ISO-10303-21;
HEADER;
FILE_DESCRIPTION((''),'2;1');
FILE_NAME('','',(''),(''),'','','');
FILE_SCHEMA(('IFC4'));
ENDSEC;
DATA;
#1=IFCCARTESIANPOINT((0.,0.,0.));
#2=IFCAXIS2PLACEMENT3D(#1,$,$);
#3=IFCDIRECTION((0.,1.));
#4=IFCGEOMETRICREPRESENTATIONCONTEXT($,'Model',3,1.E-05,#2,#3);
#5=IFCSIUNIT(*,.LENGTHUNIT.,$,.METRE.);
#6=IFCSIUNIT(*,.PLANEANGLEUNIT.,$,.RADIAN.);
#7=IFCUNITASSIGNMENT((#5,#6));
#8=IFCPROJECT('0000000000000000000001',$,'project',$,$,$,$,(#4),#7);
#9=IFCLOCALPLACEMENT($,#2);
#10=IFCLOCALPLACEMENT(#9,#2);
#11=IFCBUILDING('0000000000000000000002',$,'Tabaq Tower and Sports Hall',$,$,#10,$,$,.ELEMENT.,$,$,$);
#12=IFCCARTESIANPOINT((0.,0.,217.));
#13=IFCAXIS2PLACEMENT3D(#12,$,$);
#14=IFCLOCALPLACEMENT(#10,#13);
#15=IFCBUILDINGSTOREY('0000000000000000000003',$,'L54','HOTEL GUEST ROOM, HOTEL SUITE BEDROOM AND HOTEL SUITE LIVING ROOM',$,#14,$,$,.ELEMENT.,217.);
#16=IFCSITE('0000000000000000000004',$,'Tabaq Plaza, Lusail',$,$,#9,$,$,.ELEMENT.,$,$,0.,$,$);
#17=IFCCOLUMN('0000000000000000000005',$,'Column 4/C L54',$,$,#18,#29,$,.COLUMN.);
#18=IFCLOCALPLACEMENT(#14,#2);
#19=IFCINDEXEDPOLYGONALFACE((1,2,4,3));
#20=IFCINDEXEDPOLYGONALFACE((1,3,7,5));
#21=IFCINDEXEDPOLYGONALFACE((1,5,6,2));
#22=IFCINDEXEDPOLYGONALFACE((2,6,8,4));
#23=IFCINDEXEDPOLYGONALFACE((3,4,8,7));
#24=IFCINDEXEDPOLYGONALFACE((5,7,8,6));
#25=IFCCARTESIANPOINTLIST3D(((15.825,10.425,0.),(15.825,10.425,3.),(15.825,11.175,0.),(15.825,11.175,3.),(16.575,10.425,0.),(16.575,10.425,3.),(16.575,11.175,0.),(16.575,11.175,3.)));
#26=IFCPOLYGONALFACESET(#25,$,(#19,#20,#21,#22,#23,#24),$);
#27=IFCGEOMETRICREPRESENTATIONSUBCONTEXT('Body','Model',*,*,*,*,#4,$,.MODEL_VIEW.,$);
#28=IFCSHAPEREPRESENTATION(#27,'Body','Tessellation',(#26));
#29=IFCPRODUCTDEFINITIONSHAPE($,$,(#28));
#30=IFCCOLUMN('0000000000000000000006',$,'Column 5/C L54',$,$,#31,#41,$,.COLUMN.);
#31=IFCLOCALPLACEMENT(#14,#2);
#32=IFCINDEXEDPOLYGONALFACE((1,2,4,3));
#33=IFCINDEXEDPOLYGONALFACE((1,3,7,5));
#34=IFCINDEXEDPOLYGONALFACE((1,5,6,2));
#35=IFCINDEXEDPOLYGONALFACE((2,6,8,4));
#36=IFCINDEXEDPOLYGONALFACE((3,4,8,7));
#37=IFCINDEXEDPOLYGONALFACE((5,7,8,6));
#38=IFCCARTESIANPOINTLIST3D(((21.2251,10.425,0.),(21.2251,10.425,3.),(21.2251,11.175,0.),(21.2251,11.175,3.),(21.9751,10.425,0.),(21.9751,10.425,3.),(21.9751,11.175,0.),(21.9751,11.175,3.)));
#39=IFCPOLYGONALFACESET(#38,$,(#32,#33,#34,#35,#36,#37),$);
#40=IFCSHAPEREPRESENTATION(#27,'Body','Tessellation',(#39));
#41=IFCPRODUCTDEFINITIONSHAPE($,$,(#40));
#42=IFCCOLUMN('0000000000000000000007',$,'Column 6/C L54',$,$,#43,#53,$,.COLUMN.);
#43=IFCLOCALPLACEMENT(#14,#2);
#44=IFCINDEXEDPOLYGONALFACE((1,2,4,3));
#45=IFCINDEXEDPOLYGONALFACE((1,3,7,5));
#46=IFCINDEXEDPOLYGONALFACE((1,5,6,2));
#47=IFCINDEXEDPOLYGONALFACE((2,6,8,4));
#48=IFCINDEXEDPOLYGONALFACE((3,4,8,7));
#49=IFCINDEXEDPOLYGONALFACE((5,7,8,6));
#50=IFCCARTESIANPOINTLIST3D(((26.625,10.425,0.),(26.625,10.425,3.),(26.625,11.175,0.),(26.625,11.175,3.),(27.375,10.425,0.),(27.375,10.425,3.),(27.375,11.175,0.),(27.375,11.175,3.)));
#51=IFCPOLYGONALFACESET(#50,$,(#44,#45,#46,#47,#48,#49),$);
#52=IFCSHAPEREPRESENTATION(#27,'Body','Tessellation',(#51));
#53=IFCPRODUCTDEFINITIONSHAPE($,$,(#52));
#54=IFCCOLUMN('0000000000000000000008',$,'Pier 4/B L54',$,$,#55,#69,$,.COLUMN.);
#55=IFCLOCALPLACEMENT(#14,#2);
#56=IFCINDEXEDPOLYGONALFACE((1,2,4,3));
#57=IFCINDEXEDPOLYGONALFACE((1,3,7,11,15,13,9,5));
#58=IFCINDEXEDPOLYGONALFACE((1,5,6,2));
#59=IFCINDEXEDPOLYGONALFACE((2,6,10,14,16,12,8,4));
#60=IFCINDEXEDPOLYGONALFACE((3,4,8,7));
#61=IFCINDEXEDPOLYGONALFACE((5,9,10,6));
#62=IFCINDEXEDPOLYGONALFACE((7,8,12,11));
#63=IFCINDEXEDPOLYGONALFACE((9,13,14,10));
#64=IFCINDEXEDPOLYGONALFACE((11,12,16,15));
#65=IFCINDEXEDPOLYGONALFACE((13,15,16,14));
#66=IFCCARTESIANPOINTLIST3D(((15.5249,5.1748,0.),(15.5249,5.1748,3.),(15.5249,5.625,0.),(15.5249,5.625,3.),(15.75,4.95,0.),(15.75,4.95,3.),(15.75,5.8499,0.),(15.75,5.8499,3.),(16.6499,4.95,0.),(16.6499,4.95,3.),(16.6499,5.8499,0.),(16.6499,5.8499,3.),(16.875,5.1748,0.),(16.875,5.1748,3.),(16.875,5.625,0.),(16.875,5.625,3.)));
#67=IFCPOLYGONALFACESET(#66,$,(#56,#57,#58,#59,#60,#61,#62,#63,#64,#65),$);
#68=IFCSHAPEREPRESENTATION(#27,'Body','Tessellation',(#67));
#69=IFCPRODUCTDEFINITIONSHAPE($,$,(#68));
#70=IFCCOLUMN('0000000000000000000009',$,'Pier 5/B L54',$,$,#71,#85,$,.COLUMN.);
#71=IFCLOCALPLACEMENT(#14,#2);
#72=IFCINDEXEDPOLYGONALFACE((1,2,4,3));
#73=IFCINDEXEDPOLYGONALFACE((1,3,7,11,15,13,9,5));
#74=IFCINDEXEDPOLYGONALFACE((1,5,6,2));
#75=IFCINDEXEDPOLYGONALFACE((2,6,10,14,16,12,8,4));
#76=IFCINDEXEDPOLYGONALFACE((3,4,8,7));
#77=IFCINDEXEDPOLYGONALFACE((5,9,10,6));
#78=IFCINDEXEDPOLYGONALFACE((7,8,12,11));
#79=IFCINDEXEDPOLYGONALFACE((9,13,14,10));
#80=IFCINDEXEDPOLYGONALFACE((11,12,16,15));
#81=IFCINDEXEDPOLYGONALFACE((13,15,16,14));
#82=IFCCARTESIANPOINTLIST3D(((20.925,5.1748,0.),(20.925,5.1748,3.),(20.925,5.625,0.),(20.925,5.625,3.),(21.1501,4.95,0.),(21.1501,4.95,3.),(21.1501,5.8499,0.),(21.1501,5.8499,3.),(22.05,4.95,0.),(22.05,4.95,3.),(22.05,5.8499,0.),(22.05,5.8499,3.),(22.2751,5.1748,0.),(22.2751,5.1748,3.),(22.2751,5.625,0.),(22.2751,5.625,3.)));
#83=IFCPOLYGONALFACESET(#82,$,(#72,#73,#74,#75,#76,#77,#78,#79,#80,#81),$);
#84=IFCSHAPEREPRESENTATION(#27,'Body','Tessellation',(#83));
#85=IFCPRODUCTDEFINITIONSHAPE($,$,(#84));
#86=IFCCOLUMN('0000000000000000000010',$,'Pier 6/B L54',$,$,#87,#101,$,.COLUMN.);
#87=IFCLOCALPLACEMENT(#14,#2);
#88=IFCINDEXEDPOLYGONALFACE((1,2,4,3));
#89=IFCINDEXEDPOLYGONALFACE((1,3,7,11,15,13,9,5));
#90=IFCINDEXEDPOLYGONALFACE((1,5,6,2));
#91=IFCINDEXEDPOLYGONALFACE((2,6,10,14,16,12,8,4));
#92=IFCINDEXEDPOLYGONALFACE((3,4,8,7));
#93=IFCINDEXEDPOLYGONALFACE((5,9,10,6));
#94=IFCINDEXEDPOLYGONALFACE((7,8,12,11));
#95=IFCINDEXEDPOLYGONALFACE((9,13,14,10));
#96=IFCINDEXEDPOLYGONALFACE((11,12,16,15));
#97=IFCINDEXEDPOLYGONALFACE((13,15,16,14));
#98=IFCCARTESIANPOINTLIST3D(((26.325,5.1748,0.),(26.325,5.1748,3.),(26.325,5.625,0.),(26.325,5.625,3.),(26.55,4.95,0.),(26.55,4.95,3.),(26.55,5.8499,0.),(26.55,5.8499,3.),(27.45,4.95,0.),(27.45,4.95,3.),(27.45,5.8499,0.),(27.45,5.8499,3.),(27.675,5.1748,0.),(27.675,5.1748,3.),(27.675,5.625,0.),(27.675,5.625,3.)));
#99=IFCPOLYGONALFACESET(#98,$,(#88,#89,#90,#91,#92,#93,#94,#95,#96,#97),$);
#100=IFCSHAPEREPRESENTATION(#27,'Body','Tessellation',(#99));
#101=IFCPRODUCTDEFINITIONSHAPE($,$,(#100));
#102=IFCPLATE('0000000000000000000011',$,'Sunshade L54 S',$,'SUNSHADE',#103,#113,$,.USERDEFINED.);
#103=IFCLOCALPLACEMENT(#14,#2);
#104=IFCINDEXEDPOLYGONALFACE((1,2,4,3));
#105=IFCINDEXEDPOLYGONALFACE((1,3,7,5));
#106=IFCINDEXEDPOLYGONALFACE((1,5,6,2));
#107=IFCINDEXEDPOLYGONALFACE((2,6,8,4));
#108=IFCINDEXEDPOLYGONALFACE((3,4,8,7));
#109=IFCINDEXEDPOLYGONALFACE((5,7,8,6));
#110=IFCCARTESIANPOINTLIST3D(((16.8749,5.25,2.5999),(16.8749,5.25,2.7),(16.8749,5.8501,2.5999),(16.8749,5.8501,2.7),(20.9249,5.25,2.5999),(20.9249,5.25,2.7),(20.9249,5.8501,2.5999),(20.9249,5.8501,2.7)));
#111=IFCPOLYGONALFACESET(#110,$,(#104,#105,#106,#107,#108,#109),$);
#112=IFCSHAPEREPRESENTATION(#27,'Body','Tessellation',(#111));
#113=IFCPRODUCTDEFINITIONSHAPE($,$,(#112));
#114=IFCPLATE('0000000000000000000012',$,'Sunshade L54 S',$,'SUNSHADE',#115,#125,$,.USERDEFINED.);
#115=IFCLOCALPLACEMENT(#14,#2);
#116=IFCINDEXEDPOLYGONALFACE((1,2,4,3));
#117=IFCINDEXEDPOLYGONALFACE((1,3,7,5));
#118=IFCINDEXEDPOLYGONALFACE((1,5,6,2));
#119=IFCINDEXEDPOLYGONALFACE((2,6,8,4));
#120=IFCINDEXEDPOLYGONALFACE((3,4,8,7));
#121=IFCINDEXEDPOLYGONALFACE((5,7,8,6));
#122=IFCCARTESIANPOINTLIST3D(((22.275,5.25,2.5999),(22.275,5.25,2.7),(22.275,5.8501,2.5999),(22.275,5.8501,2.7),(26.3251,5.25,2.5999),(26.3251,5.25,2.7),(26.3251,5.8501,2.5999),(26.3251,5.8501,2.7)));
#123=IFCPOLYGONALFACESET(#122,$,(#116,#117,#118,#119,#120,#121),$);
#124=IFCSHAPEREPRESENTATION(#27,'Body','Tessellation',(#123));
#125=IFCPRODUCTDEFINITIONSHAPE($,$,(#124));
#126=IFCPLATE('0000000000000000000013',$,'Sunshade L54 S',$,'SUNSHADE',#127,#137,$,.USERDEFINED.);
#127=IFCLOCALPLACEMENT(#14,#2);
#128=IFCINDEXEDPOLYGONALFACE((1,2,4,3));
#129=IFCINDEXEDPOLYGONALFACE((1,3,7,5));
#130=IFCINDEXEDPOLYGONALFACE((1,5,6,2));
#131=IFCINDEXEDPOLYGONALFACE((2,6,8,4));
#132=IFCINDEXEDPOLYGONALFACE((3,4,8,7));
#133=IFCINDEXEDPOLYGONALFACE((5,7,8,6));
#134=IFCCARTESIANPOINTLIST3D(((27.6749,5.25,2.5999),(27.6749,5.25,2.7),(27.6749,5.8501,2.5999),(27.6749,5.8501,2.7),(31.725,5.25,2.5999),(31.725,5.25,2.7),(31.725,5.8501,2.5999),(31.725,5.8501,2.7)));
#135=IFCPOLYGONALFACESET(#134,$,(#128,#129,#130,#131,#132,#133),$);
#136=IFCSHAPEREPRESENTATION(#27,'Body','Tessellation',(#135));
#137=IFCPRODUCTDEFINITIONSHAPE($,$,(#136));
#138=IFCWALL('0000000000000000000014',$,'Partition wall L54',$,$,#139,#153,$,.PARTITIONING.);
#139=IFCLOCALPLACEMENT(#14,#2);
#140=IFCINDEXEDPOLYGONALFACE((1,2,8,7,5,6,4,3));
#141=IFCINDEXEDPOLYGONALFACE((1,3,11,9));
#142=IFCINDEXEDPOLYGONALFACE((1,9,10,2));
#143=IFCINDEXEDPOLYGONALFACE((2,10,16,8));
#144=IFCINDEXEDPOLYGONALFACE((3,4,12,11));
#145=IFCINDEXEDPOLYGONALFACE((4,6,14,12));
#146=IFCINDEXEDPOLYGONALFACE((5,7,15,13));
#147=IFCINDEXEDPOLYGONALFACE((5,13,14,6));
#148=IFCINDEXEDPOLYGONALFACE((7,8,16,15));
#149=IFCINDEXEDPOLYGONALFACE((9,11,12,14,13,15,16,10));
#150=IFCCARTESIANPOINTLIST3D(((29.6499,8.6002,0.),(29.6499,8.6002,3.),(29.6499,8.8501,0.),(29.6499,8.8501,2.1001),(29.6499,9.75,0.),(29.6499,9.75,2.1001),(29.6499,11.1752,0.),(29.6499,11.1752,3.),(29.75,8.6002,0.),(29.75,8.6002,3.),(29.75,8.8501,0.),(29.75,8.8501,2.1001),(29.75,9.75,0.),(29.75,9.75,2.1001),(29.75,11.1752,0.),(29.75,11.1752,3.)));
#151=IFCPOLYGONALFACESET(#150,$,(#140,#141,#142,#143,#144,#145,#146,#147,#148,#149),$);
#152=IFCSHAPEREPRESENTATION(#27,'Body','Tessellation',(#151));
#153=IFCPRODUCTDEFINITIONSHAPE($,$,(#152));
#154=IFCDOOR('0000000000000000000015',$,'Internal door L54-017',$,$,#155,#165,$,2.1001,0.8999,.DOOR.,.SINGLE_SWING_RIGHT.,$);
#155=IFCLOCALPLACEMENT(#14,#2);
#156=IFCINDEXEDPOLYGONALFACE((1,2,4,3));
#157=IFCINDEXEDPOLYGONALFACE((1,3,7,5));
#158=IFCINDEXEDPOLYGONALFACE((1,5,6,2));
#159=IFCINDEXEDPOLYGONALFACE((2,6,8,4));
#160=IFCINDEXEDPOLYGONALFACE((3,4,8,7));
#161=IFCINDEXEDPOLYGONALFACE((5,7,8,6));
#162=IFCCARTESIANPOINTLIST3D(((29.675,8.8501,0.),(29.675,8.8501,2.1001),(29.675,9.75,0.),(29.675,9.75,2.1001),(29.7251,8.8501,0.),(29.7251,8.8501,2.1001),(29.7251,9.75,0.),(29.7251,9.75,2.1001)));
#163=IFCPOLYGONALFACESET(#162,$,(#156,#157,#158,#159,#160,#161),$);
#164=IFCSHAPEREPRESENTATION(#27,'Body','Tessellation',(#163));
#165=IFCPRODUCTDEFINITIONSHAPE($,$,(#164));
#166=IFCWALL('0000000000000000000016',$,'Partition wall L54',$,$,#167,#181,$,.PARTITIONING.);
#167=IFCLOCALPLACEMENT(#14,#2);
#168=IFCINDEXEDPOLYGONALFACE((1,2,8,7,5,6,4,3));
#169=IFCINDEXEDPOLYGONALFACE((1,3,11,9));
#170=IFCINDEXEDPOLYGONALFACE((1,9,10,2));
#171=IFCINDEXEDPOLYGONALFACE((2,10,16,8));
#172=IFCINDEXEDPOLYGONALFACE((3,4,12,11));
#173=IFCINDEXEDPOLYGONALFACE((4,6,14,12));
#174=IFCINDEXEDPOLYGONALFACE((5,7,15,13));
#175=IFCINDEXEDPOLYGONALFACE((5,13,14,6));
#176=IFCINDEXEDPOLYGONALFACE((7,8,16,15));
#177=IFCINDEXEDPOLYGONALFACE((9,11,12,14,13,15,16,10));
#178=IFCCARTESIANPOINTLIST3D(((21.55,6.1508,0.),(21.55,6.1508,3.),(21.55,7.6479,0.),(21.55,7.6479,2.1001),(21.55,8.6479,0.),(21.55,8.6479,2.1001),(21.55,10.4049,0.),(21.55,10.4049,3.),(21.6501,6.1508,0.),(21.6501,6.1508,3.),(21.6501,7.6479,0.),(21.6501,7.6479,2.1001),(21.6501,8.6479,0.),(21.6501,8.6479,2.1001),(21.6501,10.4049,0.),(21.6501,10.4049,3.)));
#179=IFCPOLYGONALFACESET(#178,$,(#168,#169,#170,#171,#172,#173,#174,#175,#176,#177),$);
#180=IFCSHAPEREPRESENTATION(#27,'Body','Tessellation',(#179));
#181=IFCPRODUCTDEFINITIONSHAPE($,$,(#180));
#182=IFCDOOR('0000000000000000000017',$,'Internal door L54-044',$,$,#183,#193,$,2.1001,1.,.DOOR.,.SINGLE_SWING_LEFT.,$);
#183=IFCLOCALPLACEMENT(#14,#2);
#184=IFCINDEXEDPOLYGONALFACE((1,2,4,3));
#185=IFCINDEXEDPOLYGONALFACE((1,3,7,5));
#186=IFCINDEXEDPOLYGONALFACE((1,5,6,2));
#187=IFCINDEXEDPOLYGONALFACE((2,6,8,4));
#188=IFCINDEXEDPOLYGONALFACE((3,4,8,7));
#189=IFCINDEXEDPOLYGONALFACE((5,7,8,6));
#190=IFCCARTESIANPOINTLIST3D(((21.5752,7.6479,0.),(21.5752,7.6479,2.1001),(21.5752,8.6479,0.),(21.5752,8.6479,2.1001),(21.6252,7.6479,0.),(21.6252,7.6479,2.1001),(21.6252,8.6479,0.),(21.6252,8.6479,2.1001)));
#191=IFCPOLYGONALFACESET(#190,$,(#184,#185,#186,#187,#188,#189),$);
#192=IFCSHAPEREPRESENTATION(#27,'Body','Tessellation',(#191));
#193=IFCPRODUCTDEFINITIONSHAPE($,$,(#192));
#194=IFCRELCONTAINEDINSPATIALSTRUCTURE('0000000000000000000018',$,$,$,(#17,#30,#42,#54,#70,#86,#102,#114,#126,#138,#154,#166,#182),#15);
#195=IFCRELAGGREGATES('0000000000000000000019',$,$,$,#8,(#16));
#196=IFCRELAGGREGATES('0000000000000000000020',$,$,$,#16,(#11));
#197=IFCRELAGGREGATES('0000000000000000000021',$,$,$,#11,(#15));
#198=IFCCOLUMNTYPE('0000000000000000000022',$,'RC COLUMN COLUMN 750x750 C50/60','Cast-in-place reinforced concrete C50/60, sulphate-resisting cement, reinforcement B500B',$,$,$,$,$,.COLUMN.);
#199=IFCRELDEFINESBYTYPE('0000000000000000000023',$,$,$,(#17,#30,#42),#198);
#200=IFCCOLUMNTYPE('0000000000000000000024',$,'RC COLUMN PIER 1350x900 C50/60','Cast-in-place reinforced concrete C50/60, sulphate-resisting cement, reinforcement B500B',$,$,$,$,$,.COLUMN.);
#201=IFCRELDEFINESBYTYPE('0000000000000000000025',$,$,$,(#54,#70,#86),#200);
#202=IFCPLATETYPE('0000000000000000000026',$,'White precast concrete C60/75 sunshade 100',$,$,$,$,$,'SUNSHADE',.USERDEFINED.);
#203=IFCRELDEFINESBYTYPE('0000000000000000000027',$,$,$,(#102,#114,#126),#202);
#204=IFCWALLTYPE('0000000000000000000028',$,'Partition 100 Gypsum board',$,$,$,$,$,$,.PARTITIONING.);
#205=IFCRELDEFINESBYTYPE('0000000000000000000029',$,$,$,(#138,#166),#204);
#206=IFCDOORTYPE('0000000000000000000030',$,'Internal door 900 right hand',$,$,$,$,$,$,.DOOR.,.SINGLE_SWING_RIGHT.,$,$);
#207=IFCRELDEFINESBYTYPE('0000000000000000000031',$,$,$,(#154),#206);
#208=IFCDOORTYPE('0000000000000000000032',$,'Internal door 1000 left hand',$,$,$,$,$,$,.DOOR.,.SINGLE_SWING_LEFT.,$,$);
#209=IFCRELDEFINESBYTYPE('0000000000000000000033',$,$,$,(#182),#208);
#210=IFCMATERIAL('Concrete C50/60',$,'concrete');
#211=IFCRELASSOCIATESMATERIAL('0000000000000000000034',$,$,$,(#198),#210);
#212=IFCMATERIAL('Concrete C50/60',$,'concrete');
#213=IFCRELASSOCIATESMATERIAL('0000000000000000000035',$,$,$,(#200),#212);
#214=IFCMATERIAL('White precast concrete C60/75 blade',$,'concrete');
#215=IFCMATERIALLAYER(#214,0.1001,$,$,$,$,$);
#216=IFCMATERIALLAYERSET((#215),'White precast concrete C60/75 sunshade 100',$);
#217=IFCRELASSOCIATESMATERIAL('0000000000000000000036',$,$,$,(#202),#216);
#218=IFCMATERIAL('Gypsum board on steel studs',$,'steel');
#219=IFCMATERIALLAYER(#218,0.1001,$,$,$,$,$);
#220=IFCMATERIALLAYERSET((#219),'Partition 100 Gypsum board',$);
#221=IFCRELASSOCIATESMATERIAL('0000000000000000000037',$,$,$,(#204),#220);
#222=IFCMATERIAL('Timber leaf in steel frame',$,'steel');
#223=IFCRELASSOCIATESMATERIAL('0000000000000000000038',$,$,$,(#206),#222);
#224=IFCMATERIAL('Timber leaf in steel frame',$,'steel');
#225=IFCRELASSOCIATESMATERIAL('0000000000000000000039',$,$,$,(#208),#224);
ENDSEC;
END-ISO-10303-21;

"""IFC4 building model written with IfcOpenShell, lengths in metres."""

from ifc_helpers import new_model, si_unit, direction, frame, frame_2d, origin, origin_2d, place, context, subcontext, project, spatial, polyline, rectangle, outline, extrude, material, layer, layer_set, material_profile, profile_set, type_object, element, fill, save


model = new_model("IFC4")

# Units and contexts
model_context = context("Model", 3, precision=1e-05, world=origin(), true_north=direction((0.0, 1.0)))
body_context = subcontext(model_context, "Body", "Model", "MODEL_VIEW")
ifc_project = project(units=[si_unit("LENGTHUNIT", "METRE"), si_unit("PLANEANGLEUNIT", "RADIAN")], contexts=[model_context])

# Site, building, storey
site_placement = place(None, origin())
site = spatial("IfcSite", under=ifc_project, at=site_placement, Name="Tabaq Plaza, Lusail", CompositionType="ELEMENT", RefElevation=0.0)
building_placement = place(site_placement, origin())
building = spatial("IfcBuilding", under=site, at=building_placement, Name="Tabaq Tower and Sports Hall", CompositionType="ELEMENT")
storey_placement = place(building_placement, frame((0.0, 0.0, 217.0)))
storey = spatial("IfcBuildingStorey", under=building, at=storey_placement, Name="L54", Description="HOTEL GUEST ROOM, HOTEL SUITE BEDROOM AND HOTEL SUITE LIVING ROOM", CompositionType="ELEMENT", Elevation=217.0)

# Columns
ifc_material_1 = material(Name="Concrete C50/60", Category="concrete")
ifc_material_profile_1 = material_profile(ifc_material_1, rectangle(XDim=0.75, YDim=0.75, at=origin_2d()), Name="COLUMN 750x750")
ifc_profile_set_1 = profile_set([ifc_material_profile_1], Name="Concrete C50/60")
column_type_1 = type_object("IfcColumnType", Name="RC COLUMN COLUMN 750x750 C50/60", Description="Cast-in-place reinforced concrete C50/60, sulphate-resisting cement, reinforcement B500B", PredefinedType="COLUMN", material=ifc_profile_set_1)
for number, where, z_axis, x_axis, name in (
    (1, (16.2, 10.8, 0.0), (0.0, 0.0, 1.0), (1.0, 0.0, 0.0), "Column 4/C L54"),
    (2, (21.6001, 10.8, 0.0), (0.0, 0.0, 1.0), (1.0, 0.0, 0.0), "Column 5/C L54"),
    (3, (27.0, 10.8, 0.0), (0.0, 0.0, 1.0), (1.0, 0.0, 0.0), "Column 6/C L54"),
):
    element("IfcColumn", number, at=place(storey_placement, frame(where, z_axis=z_axis, x_axis=x_axis)), inside=storey, type_object=column_type_1, Name=name, PredefinedType="COLUMN", context=body_context, shape_type="SweptSolid", body=[
        extrude(rectangle(XDim=0.75, YDim=0.75, at=origin_2d()), origin(), (0.0, 0.0, 1.0), 3.0),
    ])
ifc_material_2 = material(Name="Concrete C50/60", Category="concrete")
ifc_material_profile_2 = material_profile(ifc_material_2, outline(polyline([(-0.45, -0.45), (0.45, -0.45), (0.675, -0.2251), (0.675, 0.2251), (0.45, 0.45), (-0.45, 0.45), (-0.675, 0.2251), (-0.675, -0.2251), (-0.45, -0.45)])), Name="PIER 1350x900")
ifc_profile_set_2 = profile_set([ifc_material_profile_2], Name="Concrete C50/60")
column_type_2 = type_object("IfcColumnType", Name="RC COLUMN PIER 1350x900 C50/60", Description="Cast-in-place reinforced concrete C50/60, sulphate-resisting cement, reinforcement B500B", PredefinedType="COLUMN", material=ifc_profile_set_2)
for number, where, z_axis, x_axis, name in (
    (4, (16.2, 5.3999, 0.0), (0.0, 0.0, 1.0), (1.0, 0.0, 0.0), "Pier 4/B L54"),
    (5, (21.6001, 5.3999, 0.0), (0.0, 0.0, 1.0), (1.0, 0.0, 0.0), "Pier 5/B L54"),
    (6, (27.0, 5.3999, 0.0), (0.0, 0.0, 1.0), (1.0, 0.0, 0.0), "Pier 6/B L54"),
):
    element("IfcColumn", number, at=place(storey_placement, frame(where, z_axis=z_axis, x_axis=x_axis)), inside=storey, type_object=column_type_2, Name=name, PredefinedType="COLUMN", context=body_context, shape_type="SweptSolid", body=[
        extrude(outline(polyline([(-0.45, -0.45), (0.45, -0.45), (0.675, -0.2251), (0.675, 0.2251), (0.45, 0.45), (-0.45, 0.45), (-0.675, 0.2251), (-0.675, -0.2251), (-0.45, -0.45)])), origin(), (0.0, 0.0, 1.0), 3.0),
    ])

# Plates
ifc_material_3 = material(Name="White precast concrete C60/75 blade", Category="concrete")
ifc_layer_1 = layer(ifc_material_3, 0.1001)
ifc_layer_set_1 = layer_set([ifc_layer_1], Name="White precast concrete C60/75 sunshade 100")
plate_type = type_object("IfcPlateType", Name="White precast concrete C60/75 sunshade 100", ElementType="SUNSHADE", PredefinedType="USERDEFINED", material=ifc_layer_set_1)
for number, where, z_axis, x_axis, name in (
    (7, (18.8999, 5.55, 2.5999), (0.0, 0.0, 1.0), (1.0, 0.0, 0.0), "Sunshade L54 S"),
    (8, (24.3, 5.55, 2.5999), (0.0, 0.0, 1.0), (1.0, 0.0, 0.0), "Sunshade L54 S"),
    (9, (29.7, 5.55, 2.5999), (0.0, 0.0, 1.0), (1.0, 0.0, 0.0), "Sunshade L54 S"),
):
    element("IfcPlate", number, at=place(storey_placement, frame(where, z_axis=z_axis, x_axis=x_axis)), inside=storey, type_object=plate_type, Name=name, ObjectType="SUNSHADE", PredefinedType="USERDEFINED", context=body_context, shape_type="SweptSolid", body=[
        extrude(rectangle(XDim=4.05, YDim=0.6001, at=origin_2d()), origin(), (0.0, 0.0, 1.0), 0.1001),
    ])

# Walls, openings, doors
ifc_material_4 = material(Name="Gypsum board on steel studs", Category="steel")
ifc_layer_2 = layer(ifc_material_4, 0.1001)
ifc_layer_set_2 = layer_set([ifc_layer_2], Name="Partition 100 Gypsum board")
wall_type_1 = type_object("IfcWallType", Name="Partition 100 Gypsum board", PredefinedType="PARTITIONING", material=ifc_layer_set_2)
wall_1_placement = place(storey_placement, frame((29.7, 8.6001, 0.0), z_axis=(0.0, 0.0, 1.0), x_axis=(0.0, 1.0, 0.0)))
wall_1 = element("IfcWall", 10, at=wall_1_placement, inside=storey, type_object=wall_type_1, Name="Partition wall L54", PredefinedType="PARTITIONING", context=body_context, shape_type="SweptSolid", body=[
    extrude(rectangle(XDim=2.575, YDim=0.1001, at=frame_2d((1.2876, 0.0))), origin(), (0.0, 0.0, 1.0), 3.0),
])
opening_1_placement = place(wall_1_placement, frame((0.25, 0.0, 0.0)))
opening_1 = element("IfcOpeningElement", 11, at=opening_1_placement, cuts=wall_1, PredefinedType="OPENING", context=body_context, shape_type="SweptSolid", body=[
    extrude(rectangle(XDim=0.8999, YDim=2.1001, at=frame_2d((0.45, 1.05))), frame((0.0, 0.05, 0.0), z_axis=(0.0, -1.0, 0.0), x_axis=(1.0, 0.0, 0.0)), (0.0, 0.0, 1.0), 0.1001),
])
ifc_material_5 = material(Name="Timber leaf in steel frame", Category="steel")
door_type_1 = type_object("IfcDoorType", Name="Internal door 900 right hand", OperationType="SINGLE_SWING_RIGHT", PredefinedType="DOOR", material=ifc_material_5)
door_1_placement = place(opening_1_placement, origin())
door_1 = element("IfcDoor", 12, at=door_1_placement, inside=storey, type_object=door_type_1, Name="Internal door L54-017", OperationType="SINGLE_SWING_RIGHT", OverallHeight=2.1001, OverallWidth=0.8999, PredefinedType="DOOR", context=body_context, shape_type="SweptSolid", body=[
    extrude(rectangle(XDim=0.8999, YDim=2.1001, at=frame_2d((0.45, 1.05))), frame((0.0, 0.0249, 0.0), z_axis=(0.0, -1.0, 0.0), x_axis=(1.0, 0.0, 0.0)), (0.0, 0.0, 1.0), 0.05),
])
fill(opening_1, door_1)
wall_2_placement = place(storey_placement, frame((21.6001, 6.1509, 0.0), z_axis=(0.0, 0.0, 1.0), x_axis=(0.0, 1.0, 0.0)))
wall_2 = element("IfcWall", 13, at=wall_2_placement, inside=storey, type_object=wall_type_1, Name="Partition wall L54", PredefinedType="PARTITIONING", context=body_context, shape_type="SweptSolid", body=[
    extrude(rectangle(XDim=4.2542, YDim=0.1001, at=frame_2d((2.127, 0.0))), origin(), (0.0, 0.0, 1.0), 3.0),
])
opening_2_placement = place(wall_2_placement, frame((1.4971, 0.0, 0.0)))
opening_2 = element("IfcOpeningElement", 14, at=opening_2_placement, cuts=wall_2, PredefinedType="OPENING", context=body_context, shape_type="SweptSolid", body=[
    extrude(rectangle(XDim=1.0, YDim=2.1001, at=frame_2d((0.5, 1.05))), frame((0.0, 0.05, 0.0), z_axis=(0.0, -1.0, 0.0), x_axis=(1.0, 0.0, 0.0)), (0.0, 0.0, 1.0), 0.1001),
])
ifc_material_6 = material(Name="Timber leaf in steel frame", Category="steel")
door_type_2 = type_object("IfcDoorType", Name="Internal door 1000 left hand", OperationType="SINGLE_SWING_LEFT", PredefinedType="DOOR", material=ifc_material_6)
door_2_placement = place(opening_2_placement, origin())
door_2 = element("IfcDoor", 15, at=door_2_placement, inside=storey, type_object=door_type_2, Name="Internal door L54-044", OperationType="SINGLE_SWING_LEFT", OverallHeight=2.1001, OverallWidth=1.0, PredefinedType="DOOR", context=body_context, shape_type="SweptSolid", body=[
    extrude(rectangle(XDim=1.0, YDim=2.1001, at=frame_2d((0.5, 1.05))), frame((0.0, 0.0249, 0.0), z_axis=(0.0, -1.0, 0.0), x_axis=(1.0, 0.0, 0.0)), (0.0, 0.0, 1.0), 0.05),
])
fill(opening_2, door_2)

save(model, "model.ifc")
